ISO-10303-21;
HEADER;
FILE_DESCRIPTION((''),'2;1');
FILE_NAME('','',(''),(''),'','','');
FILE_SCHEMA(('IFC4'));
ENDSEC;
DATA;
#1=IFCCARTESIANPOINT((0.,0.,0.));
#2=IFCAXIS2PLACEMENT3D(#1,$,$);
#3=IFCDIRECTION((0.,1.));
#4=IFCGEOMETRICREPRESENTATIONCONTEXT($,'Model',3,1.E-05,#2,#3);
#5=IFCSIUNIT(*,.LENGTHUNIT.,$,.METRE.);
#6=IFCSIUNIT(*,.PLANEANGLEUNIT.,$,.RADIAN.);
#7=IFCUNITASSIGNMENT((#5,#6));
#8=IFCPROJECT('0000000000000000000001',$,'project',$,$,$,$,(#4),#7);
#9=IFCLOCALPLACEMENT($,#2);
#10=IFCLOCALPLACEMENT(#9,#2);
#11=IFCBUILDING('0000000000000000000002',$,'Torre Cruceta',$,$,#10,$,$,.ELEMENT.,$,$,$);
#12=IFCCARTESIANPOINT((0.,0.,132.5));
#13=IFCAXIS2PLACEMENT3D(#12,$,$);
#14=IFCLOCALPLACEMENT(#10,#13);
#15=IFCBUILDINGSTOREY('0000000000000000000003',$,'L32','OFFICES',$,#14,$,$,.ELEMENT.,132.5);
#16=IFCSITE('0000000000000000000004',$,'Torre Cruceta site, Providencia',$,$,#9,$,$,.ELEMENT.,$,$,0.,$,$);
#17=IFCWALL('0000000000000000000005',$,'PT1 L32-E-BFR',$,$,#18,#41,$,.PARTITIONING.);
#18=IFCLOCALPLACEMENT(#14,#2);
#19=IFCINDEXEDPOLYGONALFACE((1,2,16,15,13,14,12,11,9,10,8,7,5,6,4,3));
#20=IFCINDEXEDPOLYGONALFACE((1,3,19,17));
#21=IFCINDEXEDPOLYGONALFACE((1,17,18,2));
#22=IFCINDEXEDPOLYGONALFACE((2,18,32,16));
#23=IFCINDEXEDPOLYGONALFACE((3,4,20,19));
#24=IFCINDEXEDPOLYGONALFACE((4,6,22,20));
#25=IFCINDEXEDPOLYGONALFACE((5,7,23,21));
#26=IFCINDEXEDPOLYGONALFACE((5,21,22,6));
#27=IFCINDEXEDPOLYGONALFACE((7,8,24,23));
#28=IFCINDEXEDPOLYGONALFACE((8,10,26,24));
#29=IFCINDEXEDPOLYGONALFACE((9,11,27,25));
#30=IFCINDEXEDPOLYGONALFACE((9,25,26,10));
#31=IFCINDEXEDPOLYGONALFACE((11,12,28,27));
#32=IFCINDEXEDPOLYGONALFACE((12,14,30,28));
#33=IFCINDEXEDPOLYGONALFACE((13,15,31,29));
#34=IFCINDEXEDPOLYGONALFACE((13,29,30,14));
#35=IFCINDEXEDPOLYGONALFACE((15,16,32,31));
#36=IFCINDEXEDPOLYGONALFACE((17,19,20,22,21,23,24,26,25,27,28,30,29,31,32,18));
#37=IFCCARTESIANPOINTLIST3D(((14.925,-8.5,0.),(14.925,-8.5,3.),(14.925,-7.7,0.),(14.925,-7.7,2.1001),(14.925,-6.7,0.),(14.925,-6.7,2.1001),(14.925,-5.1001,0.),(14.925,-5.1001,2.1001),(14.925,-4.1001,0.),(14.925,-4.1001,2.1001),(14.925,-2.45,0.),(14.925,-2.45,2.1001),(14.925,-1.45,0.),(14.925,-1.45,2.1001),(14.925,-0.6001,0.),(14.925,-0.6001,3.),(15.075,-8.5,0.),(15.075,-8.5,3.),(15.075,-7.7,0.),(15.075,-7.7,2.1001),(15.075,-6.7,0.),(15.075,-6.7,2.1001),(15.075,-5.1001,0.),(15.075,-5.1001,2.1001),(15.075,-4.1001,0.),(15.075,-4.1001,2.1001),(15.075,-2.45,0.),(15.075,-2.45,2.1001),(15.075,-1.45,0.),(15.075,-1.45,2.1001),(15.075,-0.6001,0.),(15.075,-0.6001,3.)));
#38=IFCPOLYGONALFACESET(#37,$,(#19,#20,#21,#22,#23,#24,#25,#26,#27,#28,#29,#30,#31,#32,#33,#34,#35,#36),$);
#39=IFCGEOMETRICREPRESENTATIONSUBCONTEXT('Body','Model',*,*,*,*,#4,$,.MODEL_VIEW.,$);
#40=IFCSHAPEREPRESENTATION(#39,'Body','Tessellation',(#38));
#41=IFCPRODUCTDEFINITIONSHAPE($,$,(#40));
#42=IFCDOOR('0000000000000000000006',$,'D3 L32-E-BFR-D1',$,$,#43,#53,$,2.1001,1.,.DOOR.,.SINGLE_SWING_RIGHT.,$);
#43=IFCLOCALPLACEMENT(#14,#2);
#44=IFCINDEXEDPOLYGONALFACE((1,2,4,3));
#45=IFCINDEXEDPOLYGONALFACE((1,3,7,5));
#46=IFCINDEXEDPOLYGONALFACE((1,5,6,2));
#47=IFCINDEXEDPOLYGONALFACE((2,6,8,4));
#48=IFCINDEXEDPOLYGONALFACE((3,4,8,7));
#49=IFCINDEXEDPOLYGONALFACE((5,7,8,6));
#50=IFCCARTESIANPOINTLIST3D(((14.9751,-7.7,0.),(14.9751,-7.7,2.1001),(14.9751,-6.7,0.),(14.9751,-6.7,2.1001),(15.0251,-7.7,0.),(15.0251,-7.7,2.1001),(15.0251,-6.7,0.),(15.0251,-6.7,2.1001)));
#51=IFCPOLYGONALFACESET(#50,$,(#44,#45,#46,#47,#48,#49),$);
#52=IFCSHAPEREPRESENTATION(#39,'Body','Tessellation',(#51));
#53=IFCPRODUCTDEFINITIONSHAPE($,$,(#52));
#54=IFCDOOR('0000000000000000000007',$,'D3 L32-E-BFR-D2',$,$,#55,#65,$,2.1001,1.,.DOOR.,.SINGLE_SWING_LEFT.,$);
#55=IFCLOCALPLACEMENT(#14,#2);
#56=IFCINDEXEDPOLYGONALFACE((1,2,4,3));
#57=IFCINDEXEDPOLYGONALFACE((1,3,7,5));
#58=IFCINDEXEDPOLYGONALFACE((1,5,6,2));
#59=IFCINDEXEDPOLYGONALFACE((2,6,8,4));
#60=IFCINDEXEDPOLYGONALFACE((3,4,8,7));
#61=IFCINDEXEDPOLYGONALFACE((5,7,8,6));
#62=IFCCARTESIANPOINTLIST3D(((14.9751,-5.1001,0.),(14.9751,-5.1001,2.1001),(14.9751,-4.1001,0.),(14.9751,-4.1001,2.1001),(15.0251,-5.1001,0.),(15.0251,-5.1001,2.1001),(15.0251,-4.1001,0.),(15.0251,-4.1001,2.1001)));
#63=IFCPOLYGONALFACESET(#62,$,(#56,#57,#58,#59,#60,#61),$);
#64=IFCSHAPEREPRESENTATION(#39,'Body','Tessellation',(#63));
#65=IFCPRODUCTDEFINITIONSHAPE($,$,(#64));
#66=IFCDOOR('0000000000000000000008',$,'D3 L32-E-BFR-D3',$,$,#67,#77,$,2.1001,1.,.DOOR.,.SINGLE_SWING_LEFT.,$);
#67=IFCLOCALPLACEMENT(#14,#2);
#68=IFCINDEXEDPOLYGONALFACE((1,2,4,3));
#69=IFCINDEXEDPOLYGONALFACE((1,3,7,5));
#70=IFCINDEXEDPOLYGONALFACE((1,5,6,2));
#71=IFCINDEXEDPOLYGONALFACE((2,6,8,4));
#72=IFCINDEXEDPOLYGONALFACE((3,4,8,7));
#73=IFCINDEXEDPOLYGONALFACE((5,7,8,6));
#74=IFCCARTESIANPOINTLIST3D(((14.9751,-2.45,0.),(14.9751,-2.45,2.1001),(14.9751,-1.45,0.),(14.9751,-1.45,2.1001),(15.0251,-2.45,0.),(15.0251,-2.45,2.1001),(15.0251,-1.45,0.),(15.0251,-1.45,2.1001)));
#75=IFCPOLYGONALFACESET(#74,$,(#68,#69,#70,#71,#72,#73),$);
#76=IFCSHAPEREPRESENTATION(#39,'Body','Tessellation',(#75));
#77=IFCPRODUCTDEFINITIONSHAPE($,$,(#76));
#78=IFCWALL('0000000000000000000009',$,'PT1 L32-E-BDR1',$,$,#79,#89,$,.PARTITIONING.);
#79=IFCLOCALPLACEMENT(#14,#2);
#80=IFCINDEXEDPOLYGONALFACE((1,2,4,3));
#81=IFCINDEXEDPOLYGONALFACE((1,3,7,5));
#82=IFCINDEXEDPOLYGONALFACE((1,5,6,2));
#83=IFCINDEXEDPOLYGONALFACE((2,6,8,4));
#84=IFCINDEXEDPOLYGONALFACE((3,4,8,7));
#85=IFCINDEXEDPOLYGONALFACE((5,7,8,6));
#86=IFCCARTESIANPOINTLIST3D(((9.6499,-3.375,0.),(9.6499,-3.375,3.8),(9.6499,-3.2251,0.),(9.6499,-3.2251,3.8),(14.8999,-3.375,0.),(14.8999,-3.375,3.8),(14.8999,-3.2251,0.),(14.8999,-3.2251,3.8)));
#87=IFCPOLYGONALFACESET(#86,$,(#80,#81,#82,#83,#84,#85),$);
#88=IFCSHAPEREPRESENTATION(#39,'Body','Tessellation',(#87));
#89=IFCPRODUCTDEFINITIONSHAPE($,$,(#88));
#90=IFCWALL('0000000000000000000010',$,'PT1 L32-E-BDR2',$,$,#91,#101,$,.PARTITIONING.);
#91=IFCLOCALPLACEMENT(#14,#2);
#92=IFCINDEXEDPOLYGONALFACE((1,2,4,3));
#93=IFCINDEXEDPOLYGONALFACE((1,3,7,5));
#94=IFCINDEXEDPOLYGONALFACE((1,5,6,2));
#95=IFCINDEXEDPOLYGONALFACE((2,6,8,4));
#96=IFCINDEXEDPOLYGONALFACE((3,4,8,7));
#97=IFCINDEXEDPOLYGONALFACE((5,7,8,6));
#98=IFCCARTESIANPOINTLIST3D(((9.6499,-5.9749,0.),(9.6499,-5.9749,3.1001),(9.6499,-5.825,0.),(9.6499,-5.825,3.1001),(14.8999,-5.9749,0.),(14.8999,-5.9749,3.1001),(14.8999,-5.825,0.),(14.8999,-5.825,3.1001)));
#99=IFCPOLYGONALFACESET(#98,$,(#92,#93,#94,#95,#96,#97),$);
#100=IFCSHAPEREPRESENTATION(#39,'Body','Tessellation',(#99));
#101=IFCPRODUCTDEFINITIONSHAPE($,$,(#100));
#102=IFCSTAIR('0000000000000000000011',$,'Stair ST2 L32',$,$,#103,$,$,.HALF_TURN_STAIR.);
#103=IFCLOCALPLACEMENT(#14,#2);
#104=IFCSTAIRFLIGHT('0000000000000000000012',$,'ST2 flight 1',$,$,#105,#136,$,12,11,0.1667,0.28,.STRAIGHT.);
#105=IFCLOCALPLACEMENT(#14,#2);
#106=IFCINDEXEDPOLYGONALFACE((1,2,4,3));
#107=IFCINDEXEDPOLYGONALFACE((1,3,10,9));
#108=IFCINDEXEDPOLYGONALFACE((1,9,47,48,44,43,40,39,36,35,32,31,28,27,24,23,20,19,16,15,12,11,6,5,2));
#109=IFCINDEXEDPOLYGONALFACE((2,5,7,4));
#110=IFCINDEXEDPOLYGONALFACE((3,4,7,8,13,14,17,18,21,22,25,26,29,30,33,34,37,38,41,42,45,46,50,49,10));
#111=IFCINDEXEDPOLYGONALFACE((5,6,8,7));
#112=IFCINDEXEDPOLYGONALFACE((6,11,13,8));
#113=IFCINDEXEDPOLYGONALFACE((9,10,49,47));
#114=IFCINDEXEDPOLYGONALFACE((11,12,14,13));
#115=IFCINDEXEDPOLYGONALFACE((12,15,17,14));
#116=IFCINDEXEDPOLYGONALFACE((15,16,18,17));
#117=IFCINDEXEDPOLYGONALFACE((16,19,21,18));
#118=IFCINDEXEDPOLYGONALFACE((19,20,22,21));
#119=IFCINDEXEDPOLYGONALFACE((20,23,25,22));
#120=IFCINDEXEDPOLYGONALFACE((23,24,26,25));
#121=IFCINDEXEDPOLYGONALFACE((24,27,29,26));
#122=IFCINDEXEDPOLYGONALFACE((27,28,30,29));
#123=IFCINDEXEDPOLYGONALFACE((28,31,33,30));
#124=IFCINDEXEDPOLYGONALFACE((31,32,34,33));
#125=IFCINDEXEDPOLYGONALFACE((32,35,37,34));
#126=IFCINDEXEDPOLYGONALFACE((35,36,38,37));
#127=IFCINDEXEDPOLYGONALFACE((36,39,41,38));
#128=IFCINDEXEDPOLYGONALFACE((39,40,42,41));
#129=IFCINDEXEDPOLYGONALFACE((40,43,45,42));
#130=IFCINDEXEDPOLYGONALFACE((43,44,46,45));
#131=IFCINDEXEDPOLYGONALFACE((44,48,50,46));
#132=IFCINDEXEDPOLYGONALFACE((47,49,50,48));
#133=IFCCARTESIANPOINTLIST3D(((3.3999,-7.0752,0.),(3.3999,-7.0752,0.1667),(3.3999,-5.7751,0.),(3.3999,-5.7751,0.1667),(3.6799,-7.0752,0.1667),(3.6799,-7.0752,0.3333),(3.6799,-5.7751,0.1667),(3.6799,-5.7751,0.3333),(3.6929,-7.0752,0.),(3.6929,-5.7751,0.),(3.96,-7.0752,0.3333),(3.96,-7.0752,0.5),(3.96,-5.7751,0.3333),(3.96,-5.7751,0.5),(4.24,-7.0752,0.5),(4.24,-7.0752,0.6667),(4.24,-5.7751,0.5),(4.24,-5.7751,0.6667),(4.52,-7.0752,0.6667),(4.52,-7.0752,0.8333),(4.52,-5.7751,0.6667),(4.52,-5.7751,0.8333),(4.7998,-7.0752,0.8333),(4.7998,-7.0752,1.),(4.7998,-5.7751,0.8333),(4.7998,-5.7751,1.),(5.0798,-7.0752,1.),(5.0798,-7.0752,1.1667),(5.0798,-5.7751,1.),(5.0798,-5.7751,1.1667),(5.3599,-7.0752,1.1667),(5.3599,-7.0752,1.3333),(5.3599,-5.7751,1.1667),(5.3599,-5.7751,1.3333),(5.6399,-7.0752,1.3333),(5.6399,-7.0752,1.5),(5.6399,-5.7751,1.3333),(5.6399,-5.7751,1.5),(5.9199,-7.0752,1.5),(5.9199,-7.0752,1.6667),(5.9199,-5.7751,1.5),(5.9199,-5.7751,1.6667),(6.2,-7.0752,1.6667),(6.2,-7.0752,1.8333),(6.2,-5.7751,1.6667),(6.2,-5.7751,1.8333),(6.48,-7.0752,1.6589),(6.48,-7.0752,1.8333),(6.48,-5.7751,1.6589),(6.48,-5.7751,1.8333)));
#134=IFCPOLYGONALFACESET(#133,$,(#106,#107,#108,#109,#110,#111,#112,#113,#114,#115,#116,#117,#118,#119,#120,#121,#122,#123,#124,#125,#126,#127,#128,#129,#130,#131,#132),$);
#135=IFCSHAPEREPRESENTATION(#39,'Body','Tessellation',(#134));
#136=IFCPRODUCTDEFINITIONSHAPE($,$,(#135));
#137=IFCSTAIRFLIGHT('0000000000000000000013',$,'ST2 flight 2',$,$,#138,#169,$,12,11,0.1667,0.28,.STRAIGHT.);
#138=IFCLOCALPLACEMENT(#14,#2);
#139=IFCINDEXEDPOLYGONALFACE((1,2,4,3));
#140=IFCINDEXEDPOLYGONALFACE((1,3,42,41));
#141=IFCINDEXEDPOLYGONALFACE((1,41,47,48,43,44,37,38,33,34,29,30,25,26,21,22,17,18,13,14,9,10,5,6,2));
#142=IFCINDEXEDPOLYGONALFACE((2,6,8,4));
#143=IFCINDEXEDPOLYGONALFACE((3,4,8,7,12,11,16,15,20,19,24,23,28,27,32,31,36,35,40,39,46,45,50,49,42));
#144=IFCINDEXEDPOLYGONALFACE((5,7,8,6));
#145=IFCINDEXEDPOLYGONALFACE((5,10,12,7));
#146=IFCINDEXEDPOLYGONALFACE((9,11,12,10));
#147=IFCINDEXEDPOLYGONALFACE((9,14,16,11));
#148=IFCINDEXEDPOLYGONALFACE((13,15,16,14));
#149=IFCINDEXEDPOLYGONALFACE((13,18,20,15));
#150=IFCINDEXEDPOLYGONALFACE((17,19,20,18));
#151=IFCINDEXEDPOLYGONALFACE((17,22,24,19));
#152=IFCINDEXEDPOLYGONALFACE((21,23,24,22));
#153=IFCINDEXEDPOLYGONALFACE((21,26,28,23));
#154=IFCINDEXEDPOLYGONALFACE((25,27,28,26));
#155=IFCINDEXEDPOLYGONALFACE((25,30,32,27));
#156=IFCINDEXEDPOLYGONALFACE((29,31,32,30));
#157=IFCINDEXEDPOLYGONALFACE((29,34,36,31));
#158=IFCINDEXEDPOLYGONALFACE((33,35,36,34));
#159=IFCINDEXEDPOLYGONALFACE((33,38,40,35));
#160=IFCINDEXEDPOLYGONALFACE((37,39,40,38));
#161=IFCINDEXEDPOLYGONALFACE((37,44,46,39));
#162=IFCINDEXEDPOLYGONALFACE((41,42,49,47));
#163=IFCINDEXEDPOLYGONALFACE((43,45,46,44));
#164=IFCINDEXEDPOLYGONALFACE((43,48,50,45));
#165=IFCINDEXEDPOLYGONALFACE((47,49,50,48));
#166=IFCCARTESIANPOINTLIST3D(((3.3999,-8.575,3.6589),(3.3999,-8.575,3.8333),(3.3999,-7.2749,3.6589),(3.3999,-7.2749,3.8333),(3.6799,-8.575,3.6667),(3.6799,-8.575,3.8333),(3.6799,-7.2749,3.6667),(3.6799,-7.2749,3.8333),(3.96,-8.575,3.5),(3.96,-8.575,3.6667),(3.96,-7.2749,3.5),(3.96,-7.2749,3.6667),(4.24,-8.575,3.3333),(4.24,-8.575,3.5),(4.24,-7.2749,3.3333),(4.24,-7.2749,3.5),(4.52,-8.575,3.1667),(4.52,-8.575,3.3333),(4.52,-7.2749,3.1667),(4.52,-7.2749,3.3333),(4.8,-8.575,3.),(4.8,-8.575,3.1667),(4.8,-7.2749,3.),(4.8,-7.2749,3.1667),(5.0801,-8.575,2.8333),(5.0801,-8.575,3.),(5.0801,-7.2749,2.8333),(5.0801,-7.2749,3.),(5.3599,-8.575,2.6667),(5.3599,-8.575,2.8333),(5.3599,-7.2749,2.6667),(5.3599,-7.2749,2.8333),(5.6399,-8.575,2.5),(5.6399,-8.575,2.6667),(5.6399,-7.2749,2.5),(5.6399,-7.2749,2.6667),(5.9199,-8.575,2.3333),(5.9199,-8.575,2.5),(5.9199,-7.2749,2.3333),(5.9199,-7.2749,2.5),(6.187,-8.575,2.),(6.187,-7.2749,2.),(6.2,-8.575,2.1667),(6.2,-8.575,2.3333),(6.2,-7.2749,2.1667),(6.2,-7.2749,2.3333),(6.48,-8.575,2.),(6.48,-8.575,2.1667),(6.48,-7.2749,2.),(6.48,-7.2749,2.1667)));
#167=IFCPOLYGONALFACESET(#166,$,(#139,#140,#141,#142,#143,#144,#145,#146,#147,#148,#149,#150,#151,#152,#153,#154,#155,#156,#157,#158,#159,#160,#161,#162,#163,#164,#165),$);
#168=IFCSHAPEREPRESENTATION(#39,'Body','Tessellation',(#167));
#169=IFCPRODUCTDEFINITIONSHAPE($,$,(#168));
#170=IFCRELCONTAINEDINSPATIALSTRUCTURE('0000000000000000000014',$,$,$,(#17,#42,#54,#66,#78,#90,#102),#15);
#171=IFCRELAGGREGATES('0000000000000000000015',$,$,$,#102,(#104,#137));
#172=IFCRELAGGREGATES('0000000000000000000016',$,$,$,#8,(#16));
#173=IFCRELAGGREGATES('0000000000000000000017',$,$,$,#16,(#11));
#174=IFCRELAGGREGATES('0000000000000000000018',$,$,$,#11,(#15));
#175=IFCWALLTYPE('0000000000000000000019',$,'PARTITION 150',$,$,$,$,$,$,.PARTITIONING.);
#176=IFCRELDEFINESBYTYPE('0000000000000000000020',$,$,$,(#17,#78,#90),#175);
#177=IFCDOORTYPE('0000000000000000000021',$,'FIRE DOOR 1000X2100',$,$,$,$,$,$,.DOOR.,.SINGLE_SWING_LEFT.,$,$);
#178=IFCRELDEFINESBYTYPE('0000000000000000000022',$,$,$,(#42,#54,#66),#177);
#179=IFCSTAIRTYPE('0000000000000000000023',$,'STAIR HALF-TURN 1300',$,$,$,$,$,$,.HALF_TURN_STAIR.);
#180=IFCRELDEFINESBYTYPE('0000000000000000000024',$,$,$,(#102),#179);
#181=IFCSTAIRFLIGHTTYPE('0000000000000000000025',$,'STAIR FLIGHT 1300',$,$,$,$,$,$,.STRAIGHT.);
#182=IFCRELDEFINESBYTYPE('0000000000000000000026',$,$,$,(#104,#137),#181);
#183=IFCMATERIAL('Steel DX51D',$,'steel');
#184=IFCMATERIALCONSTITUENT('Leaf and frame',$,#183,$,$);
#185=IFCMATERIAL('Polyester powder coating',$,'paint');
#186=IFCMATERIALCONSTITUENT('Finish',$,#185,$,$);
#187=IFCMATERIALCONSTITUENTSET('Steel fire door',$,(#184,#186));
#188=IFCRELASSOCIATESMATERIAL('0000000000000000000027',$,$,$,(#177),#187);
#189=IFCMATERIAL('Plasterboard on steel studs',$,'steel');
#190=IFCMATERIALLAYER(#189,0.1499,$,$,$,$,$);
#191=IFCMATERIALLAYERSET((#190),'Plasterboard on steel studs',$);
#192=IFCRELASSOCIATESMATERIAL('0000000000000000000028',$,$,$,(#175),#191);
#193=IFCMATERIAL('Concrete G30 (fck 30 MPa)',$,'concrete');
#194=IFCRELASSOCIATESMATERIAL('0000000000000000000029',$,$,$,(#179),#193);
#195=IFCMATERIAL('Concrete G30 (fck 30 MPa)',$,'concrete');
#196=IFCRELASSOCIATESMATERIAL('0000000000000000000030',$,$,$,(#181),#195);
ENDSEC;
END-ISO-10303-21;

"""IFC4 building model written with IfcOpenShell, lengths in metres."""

from ifc_helpers import new_model, si_unit, direction, frame, frame_2d, origin, place, context, subcontext, project, spatial, polyline, rectangle, outline, extrude, material, layer, layer_set, constituent, constituent_set, type_object, element, fill, aggregate, save


model = new_model("IFC4")

# Units and contexts
model_context = context("Model", 3, precision=1e-05, world=origin(), true_north=direction((0.0, 1.0)))
body_context = subcontext(model_context, "Body", "Model", "MODEL_VIEW")
ifc_project = project(units=[si_unit("LENGTHUNIT", "METRE"), si_unit("PLANEANGLEUNIT", "RADIAN")], contexts=[model_context])

# Site, building, storey
site_placement = place(None, origin())
site = spatial("IfcSite", under=ifc_project, at=site_placement, Name="Torre Cruceta site, Providencia", CompositionType="ELEMENT", RefElevation=0.0)
building_placement = place(site_placement, origin())
building = spatial("IfcBuilding", under=site, at=building_placement, Name="Torre Cruceta", CompositionType="ELEMENT")
storey_placement = place(building_placement, frame((0.0, 0.0, 132.5)))
storey = spatial("IfcBuildingStorey", under=building, at=storey_placement, Name="L32", Description="OFFICES", CompositionType="ELEMENT", Elevation=132.5)

# Shared definitions
ifc_material_1 = material(Name="Steel DX51D", Category="steel")
ifc_constituent_1 = constituent(ifc_material_1, Name="Leaf and frame")
ifc_material_2 = material(Name="Polyester powder coating", Category="paint")
ifc_constituent_2 = constituent(ifc_material_2, Name="Finish")
ifc_constituent_set_1 = constituent_set(constituents=[ifc_constituent_1, ifc_constituent_2], Name="Steel fire door")
door_type_1 = type_object("IfcDoorType", Name="FIRE DOOR 1000X2100", OperationType="SINGLE_SWING_LEFT", PredefinedType="DOOR", material=ifc_constituent_set_1)

# Shared definitions
ifc_material_3 = material(Name="Plasterboard on steel studs", Category="steel")
ifc_layer_1 = layer(ifc_material_3, 0.1499)
ifc_layer_set_1 = layer_set([ifc_layer_1], Name="Plasterboard on steel studs")
wall_type_1 = type_object("IfcWallType", Name="PARTITION 150", PredefinedType="PARTITIONING", material=ifc_layer_set_1)

# Wall, openings, doors
wall_1_placement = place(storey_placement, frame((15.0, -8.5, 0.0), z_axis=(0.0, 0.0, 1.0), x_axis=(0.0, 1.0, 0.0)))
wall_1 = element("IfcWall", 1, at=wall_1_placement, inside=storey, type_object=wall_type_1, Name="PT1 L32-E-BFR", PredefinedType="PARTITIONING", context=body_context, shape_type="SweptSolid", body=[
    extrude(rectangle(XDim=7.8999, YDim=0.1499, at=frame_2d((3.95, 0.0))), origin(), (0.0, 0.0, 1.0), 3.0),
])
opening_1_placement = place(wall_1_placement, frame((0.8, 0.0, 0.0)))
opening_1 = element("IfcOpeningElement", 2, at=opening_1_placement, cuts=wall_1, PredefinedType="OPENING", context=body_context, shape_type="SweptSolid", body=[
    extrude(rectangle(XDim=1.0, YDim=2.1001, at=frame_2d((0.5, 1.05))), frame((0.0, 0.085, 0.0), z_axis=(0.0, -1.0, 0.0), x_axis=(1.0, 0.0, 0.0)), (0.0, 0.0, 1.0), 0.1699),
])
opening_2_placement = place(wall_1_placement, frame((3.3999, 0.0, 0.0)))
opening_2 = element("IfcOpeningElement", 3, at=opening_2_placement, cuts=wall_1, PredefinedType="OPENING", context=body_context, shape_type="SweptSolid", body=[
    extrude(rectangle(XDim=1.0, YDim=2.1001, at=frame_2d((0.5, 1.05))), frame((0.0, 0.085, 0.0), z_axis=(0.0, -1.0, 0.0), x_axis=(1.0, 0.0, 0.0)), (0.0, 0.0, 1.0), 0.1699),
])
opening_3_placement = place(wall_1_placement, frame((6.05, 0.0, 0.0)))
opening_3 = element("IfcOpeningElement", 4, at=opening_3_placement, cuts=wall_1, PredefinedType="OPENING", context=body_context, shape_type="SweptSolid", body=[
    extrude(rectangle(XDim=1.0, YDim=2.1001, at=frame_2d((0.5, 1.05))), frame((0.0, 0.085, 0.0), z_axis=(0.0, -1.0, 0.0), x_axis=(1.0, 0.0, 0.0)), (0.0, 0.0, 1.0), 0.1699),
])
door_1_placement = place(opening_1_placement, origin())
door_1 = element("IfcDoor", 5, at=door_1_placement, inside=storey, type_object=door_type_1, Name="D3 L32-E-BFR-D1", OperationType="SINGLE_SWING_RIGHT", OverallHeight=2.1001, OverallWidth=1.0, PredefinedType="DOOR", context=body_context, shape_type="SweptSolid", body=[
    extrude(rectangle(XDim=1.0, YDim=2.1001, at=frame_2d((0.5, 1.05))), frame((0.0, 0.0249, 0.0), z_axis=(0.0, -1.0, 0.0), x_axis=(1.0, 0.0, 0.0)), (0.0, 0.0, 1.0), 0.05),
])
fill(opening_1, door_1)
door_2_placement = place(opening_2_placement, origin())
door_2 = element("IfcDoor", 6, at=door_2_placement, inside=storey, type_object=door_type_1, Name="D3 L32-E-BFR-D2", OperationType="SINGLE_SWING_LEFT", OverallHeight=2.1001, OverallWidth=1.0, PredefinedType="DOOR", context=body_context, shape_type="SweptSolid", body=[
    extrude(rectangle(XDim=1.0, YDim=2.1001, at=frame_2d((0.5, 1.05))), frame((0.0, 0.0249, 0.0), z_axis=(0.0, -1.0, 0.0), x_axis=(1.0, 0.0, 0.0)), (0.0, 0.0, 1.0), 0.05),
])
fill(opening_2, door_2)
door_3_placement = place(opening_3_placement, origin())
door_3 = element("IfcDoor", 7, at=door_3_placement, inside=storey, type_object=door_type_1, Name="D3 L32-E-BFR-D3", OperationType="SINGLE_SWING_LEFT", OverallHeight=2.1001, OverallWidth=1.0, PredefinedType="DOOR", context=body_context, shape_type="SweptSolid", body=[
    extrude(rectangle(XDim=1.0, YDim=2.1001, at=frame_2d((0.5, 1.05))), frame((0.0, 0.0249, 0.0), z_axis=(0.0, -1.0, 0.0), x_axis=(1.0, 0.0, 0.0)), (0.0, 0.0, 1.0), 0.05),
])
fill(opening_3, door_3)

# Walls
wall_2_placement = place(storey_placement, frame((9.6499, -3.3, 0.0), z_axis=(0.0, 0.0, 1.0), x_axis=(1.0, 0.0, 0.0)))
element("IfcWall", 8, at=wall_2_placement, inside=storey, type_object=wall_type_1, Name="PT1 L32-E-BDR1", PredefinedType="PARTITIONING", context=body_context, shape_type="SweptSolid", body=[
    extrude(rectangle(XDim=5.25, YDim=0.1499, at=frame_2d((2.625, 0.0))), origin(), (0.0, 0.0, 1.0), 3.8),
])
wall_3_placement = place(storey_placement, frame((9.6499, -5.8999, 0.0), z_axis=(0.0, 0.0, 1.0), x_axis=(1.0, 0.0, 0.0)))
element("IfcWall", 9, at=wall_3_placement, inside=storey, type_object=wall_type_1, Name="PT1 L32-E-BDR2", PredefinedType="PARTITIONING", context=body_context, shape_type="SweptSolid", body=[
    extrude(rectangle(XDim=5.25, YDim=0.1499, at=frame_2d((2.625, 0.0))), origin(), (0.0, 0.0, 1.0), 3.1001),
])

# Stair, stair flights
ifc_material_4 = material(Name="Concrete G30 (fck 30 MPa)", Category="concrete")
stair_type = type_object("IfcStairType", Name="STAIR HALF-TURN 1300", PredefinedType="HALF_TURN_STAIR", material=ifc_material_4)
stair_placement = place(storey_placement, origin())
stair = element("IfcStair", 10, at=stair_placement, inside=storey, type_object=stair_type, Name="Stair ST2 L32", PredefinedType="HALF_TURN_STAIR")
ifc_material_5 = material(Name="Concrete G30 (fck 30 MPa)", Category="concrete")
stair_flight_type = type_object("IfcStairFlightType", Name="STAIR FLIGHT 1300", PredefinedType="STRAIGHT", material=ifc_material_5)
stair_flight_1_placement = place(storey_placement, frame((3.3999, -6.425, 0.0), z_axis=(0.0, 0.0, 1.0), x_axis=(1.0, 0.0, 0.0)))
stair_flight_1 = element("IfcStairFlight", 11, at=stair_flight_1_placement, type_object=stair_flight_type, Name="ST2 flight 1", NumberOfRisers=12, NumberOfTreads=11, PredefinedType="STRAIGHT", RiserHeight=0.1667, TreadLength=0.28, context=body_context, shape_type="SweptSolid", body=[
    extrude(outline(polyline([(0.0, 0.0), (0.0, 0.1667), (0.28, 0.1667), (0.28, 0.3333), (0.5601, 0.3333), (0.5601, 0.5), (0.8401, 0.5), (0.8401, 0.6667), (1.1201, 0.6667), (1.1201, 0.8333), (1.3999, 0.8333), (1.3999, 1.0), (1.6799, 1.0), (1.6799, 1.1667), (1.96, 1.1667), (1.96, 1.3333), (2.24, 1.3333), (2.24, 1.5), (2.52, 1.5), (2.52, 1.6667), (2.8, 1.6667), (2.8, 1.8333), (3.0801, 1.8333), (3.0801, 2.0), (3.0801, 1.6589), (0.293, 0.0), (0.0, 0.0)])), frame((0.0, 0.6499, 0.0), z_axis=(0.0, -1.0, 0.0), x_axis=(1.0, 0.0, 0.0)), (0.0, 0.0, 1.0), 1.3),
])
stair_flight_2_placement = place(storey_placement, frame((6.48, -7.925, 2.0), z_axis=(0.0, 0.0, 1.0), x_axis=(-1.0, 0.0, 0.0)))
stair_flight_2 = element("IfcStairFlight", 12, at=stair_flight_2_placement, type_object=stair_flight_type, Name="ST2 flight 2", NumberOfRisers=12, NumberOfTreads=11, PredefinedType="STRAIGHT", RiserHeight=0.1667, TreadLength=0.28, context=body_context, shape_type="SweptSolid", body=[
    extrude(outline(polyline([(0.0, 0.0), (0.0, 0.1667), (0.28, 0.1667), (0.28, 0.3333), (0.5601, 0.3333), (0.5601, 0.5), (0.8401, 0.5), (0.8401, 0.6667), (1.1201, 0.6667), (1.1201, 0.8333), (1.3999, 0.8333), (1.3999, 1.0), (1.6799, 1.0), (1.6799, 1.1667), (1.96, 1.1667), (1.96, 1.3333), (2.24, 1.3333), (2.24, 1.5), (2.52, 1.5), (2.52, 1.6667), (2.8, 1.6667), (2.8, 1.8333), (3.0801, 1.8333), (3.0801, 2.0), (3.0801, 1.6589), (0.293, 0.0), (0.0, 0.0)])), frame((0.0, 0.6499, 0.0), z_axis=(0.0, -1.0, 0.0), x_axis=(1.0, 0.0, 0.0)), (0.0, 0.0, 1.0), 1.3),
])
aggregate(stair, [stair_flight_1, stair_flight_2])

save(model, "model.ifc")
